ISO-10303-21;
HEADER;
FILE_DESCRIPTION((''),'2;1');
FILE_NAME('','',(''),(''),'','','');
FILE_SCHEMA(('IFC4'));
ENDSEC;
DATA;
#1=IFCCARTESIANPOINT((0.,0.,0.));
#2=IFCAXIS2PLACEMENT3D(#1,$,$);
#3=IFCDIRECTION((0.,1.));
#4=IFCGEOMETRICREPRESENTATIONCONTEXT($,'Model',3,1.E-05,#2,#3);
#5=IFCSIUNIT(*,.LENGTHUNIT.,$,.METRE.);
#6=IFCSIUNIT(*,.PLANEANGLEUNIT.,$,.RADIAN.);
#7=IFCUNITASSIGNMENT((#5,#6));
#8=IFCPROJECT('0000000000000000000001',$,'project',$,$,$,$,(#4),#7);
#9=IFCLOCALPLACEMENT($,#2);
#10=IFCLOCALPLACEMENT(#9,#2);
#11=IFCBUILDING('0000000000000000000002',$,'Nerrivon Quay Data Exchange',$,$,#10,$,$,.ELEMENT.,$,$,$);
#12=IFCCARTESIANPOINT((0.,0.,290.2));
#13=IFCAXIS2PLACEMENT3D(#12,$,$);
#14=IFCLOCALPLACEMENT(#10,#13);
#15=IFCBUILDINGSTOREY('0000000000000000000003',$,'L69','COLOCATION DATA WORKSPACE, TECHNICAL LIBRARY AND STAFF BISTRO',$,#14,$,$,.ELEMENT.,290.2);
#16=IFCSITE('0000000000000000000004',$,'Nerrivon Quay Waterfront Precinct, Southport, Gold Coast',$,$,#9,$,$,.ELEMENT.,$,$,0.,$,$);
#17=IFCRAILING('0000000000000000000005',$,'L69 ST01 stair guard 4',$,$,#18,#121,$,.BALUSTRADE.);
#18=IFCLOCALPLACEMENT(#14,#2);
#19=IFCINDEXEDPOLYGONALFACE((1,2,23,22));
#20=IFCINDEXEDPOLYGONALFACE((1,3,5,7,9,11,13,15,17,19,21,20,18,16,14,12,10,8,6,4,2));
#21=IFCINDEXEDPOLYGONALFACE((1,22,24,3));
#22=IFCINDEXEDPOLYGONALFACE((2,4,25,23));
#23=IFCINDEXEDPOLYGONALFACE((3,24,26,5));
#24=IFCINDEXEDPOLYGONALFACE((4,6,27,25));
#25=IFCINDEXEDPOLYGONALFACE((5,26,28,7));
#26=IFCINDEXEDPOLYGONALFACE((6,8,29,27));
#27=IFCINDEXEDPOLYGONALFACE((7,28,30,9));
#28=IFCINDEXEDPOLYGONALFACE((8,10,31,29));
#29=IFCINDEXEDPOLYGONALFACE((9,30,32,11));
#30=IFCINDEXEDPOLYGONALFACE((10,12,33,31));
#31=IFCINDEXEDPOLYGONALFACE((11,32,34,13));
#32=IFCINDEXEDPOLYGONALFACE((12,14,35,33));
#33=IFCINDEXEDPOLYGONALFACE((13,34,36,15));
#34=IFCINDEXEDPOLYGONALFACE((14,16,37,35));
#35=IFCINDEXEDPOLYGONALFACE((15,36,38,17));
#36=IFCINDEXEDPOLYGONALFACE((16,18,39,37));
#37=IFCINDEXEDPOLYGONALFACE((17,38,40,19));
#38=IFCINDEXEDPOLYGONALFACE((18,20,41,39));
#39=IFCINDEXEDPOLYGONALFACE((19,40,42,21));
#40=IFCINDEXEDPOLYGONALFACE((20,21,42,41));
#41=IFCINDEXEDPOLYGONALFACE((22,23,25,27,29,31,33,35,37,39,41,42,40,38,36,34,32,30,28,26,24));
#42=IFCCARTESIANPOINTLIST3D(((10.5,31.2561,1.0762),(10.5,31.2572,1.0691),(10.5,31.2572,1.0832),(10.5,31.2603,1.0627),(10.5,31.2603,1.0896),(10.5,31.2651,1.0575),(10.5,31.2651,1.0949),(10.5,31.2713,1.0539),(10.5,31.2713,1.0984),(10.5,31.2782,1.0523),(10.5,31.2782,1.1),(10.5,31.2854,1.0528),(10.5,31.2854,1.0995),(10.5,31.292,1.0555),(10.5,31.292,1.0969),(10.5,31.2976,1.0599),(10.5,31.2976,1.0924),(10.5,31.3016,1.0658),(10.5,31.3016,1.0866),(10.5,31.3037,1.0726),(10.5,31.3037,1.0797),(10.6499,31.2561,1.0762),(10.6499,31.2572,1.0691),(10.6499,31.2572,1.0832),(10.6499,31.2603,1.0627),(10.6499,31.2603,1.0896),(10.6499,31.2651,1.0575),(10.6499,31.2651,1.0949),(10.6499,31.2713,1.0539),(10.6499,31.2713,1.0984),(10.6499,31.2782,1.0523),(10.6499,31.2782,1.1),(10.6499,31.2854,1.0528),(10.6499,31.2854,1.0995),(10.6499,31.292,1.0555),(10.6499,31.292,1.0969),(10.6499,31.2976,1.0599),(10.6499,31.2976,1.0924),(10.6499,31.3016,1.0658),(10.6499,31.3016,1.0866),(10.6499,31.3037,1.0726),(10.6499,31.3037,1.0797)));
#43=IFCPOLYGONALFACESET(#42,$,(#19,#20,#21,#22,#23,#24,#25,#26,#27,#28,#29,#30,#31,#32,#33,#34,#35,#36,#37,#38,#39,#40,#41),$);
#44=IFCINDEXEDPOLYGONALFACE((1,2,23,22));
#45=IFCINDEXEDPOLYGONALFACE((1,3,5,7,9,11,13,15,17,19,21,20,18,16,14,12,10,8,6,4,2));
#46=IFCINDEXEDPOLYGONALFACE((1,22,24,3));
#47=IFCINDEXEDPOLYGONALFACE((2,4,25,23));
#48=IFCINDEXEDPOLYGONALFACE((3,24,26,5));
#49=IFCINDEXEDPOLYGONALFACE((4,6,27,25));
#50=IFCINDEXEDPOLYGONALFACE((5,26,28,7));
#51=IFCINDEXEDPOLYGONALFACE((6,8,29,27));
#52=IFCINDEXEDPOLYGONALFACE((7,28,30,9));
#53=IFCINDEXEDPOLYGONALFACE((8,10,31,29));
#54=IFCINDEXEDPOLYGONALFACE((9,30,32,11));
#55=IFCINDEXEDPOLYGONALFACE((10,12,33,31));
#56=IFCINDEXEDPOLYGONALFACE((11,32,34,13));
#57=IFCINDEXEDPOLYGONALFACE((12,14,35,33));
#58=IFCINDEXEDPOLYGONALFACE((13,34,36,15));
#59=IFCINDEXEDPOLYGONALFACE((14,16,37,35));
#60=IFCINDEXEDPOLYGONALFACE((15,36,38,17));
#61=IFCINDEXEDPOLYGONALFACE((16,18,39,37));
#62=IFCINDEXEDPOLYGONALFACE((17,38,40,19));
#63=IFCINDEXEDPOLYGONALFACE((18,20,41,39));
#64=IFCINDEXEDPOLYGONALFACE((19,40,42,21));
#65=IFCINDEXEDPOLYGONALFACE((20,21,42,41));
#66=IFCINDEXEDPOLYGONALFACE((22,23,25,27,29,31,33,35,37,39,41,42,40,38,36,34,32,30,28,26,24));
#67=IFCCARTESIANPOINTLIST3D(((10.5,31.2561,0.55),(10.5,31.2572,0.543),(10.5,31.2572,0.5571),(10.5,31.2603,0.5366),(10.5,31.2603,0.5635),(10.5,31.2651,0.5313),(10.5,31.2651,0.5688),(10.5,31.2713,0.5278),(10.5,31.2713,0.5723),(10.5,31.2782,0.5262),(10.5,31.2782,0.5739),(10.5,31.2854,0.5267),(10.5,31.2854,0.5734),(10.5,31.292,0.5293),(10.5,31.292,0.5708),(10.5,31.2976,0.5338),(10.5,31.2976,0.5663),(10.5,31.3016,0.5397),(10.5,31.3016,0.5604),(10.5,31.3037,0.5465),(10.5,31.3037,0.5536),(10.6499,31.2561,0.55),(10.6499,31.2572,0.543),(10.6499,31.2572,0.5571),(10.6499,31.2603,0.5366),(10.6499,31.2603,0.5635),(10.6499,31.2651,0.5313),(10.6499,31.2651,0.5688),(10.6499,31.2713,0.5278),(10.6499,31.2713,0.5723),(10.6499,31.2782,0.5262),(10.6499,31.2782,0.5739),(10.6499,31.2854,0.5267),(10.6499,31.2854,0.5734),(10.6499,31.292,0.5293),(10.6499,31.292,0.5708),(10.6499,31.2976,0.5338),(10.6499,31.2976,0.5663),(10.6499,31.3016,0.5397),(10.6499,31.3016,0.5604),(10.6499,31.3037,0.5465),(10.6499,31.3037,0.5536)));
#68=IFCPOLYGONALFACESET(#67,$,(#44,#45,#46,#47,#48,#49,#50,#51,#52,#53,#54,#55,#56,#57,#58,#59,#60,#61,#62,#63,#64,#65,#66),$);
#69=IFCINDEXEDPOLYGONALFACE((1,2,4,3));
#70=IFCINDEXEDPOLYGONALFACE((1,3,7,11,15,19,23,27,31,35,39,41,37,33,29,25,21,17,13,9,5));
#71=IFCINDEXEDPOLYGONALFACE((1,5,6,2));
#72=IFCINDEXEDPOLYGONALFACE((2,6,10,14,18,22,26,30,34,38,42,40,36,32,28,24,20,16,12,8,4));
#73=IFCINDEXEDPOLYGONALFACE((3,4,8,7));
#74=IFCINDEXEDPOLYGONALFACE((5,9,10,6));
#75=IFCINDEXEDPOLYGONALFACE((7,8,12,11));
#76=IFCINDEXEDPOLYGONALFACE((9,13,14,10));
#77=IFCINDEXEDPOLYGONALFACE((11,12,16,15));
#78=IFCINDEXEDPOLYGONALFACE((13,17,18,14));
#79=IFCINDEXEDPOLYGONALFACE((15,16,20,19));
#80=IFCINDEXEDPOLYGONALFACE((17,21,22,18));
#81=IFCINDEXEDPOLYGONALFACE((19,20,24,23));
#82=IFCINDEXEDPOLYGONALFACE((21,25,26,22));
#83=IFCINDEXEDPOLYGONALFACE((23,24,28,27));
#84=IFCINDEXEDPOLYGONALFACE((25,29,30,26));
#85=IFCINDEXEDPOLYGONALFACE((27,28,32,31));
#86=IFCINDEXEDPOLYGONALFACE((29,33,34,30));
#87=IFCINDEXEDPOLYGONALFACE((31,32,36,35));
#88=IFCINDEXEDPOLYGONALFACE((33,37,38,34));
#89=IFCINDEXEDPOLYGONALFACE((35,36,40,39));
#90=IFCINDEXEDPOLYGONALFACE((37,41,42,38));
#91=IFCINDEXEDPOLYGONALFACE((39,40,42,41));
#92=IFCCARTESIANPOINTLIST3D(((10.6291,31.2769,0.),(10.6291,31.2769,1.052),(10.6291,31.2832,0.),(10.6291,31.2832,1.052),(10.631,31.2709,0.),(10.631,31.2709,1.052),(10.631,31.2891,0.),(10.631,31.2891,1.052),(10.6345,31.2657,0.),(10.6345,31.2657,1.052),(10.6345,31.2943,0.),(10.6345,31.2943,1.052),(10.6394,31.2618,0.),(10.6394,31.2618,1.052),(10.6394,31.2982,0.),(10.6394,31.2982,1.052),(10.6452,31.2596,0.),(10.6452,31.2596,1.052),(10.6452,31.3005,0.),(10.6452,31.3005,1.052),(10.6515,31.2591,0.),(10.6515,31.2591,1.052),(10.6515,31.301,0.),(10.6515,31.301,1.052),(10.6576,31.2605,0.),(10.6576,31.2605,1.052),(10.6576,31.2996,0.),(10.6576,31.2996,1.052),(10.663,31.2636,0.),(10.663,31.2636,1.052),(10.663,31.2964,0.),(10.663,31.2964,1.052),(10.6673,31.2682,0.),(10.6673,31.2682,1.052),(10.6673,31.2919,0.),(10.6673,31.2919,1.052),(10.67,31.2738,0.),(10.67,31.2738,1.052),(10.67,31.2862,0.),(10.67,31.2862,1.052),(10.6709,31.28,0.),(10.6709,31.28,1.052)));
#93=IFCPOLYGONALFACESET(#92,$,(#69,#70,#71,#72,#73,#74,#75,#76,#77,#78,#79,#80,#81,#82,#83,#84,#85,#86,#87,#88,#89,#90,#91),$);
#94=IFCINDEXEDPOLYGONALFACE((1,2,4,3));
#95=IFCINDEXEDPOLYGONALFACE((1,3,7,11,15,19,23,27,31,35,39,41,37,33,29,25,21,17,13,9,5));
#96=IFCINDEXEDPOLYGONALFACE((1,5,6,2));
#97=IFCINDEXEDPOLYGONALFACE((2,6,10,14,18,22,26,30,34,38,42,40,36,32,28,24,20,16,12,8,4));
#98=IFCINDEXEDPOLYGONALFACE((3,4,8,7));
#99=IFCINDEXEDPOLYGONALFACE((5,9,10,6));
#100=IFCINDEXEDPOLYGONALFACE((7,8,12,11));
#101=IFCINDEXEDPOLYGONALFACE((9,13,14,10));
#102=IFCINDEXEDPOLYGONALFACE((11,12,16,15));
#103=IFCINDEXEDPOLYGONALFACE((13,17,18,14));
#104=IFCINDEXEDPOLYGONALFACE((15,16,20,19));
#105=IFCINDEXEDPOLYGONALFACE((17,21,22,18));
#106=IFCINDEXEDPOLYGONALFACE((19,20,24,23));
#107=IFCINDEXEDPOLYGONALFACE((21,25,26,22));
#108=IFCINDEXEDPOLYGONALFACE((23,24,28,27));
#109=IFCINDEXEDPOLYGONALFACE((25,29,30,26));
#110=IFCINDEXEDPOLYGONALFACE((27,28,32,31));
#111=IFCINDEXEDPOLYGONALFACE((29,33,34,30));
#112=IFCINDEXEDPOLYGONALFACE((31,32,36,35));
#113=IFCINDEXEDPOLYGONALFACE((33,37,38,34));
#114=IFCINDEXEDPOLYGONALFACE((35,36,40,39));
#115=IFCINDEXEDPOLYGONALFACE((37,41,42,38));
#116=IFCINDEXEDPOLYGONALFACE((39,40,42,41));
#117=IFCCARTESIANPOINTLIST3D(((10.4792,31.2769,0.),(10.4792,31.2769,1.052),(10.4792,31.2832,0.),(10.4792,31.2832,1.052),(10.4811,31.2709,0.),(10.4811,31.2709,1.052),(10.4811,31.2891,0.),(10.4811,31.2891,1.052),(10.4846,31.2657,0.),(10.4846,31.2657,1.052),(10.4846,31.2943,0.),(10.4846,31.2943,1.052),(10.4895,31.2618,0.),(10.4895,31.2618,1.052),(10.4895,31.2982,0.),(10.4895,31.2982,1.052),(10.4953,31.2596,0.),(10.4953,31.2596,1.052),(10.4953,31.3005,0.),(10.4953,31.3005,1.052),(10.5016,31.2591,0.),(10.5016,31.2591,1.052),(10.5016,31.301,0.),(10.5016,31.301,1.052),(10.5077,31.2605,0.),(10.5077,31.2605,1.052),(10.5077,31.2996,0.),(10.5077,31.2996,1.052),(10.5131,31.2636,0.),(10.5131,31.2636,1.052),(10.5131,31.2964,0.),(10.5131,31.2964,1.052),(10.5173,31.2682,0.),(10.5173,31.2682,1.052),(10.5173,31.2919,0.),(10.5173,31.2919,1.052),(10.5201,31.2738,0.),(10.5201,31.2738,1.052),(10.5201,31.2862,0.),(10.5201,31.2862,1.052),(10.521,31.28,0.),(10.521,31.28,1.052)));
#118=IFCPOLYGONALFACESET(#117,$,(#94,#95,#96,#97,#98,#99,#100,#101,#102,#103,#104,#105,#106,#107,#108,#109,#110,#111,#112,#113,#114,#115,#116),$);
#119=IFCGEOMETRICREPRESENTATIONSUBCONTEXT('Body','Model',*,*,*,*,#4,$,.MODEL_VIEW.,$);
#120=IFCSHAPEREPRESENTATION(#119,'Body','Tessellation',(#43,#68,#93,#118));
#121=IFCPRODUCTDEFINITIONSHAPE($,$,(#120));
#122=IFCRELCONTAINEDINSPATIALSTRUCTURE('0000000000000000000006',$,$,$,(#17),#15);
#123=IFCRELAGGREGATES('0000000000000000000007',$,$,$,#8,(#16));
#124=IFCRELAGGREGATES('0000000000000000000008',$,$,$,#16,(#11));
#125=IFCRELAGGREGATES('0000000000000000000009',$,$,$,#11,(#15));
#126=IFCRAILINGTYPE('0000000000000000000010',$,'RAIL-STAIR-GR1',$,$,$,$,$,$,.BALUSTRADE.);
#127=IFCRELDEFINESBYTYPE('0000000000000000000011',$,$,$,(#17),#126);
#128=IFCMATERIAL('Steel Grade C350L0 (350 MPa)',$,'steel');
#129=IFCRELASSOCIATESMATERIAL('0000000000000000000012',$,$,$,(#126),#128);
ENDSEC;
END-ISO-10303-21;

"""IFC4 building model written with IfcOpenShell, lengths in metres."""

from ifc_helpers import new_model, si_unit, direction, frame, origin, origin_2d, place, context, subcontext, project, spatial, circle, extrude, material, type_object, element, save


model = new_model("IFC4")

# Units and contexts
model_context = context("Model", 3, precision=1e-05, world=origin(), true_north=direction((0.0, 1.0)))
body_context = subcontext(model_context, "Body", "Model", "MODEL_VIEW")
ifc_project = project(units=[si_unit("LENGTHUNIT", "METRE"), si_unit("PLANEANGLEUNIT", "RADIAN")], contexts=[model_context])

# Site, building, storey
site_placement = place(None, origin())
site = spatial("IfcSite", under=ifc_project, at=site_placement, Name="Nerrivon Quay Waterfront Precinct, Southport, Gold Coast", CompositionType="ELEMENT", RefElevation=0.0)
building_placement = place(site_placement, origin())
building = spatial("IfcBuilding", under=site, at=building_placement, Name="Nerrivon Quay Data Exchange", CompositionType="ELEMENT")
storey_placement = place(building_placement, frame((0.0, 0.0, 290.2)))
storey = spatial("IfcBuildingStorey", under=building, at=storey_placement, Name="L69", Description="COLOCATION DATA WORKSPACE, TECHNICAL LIBRARY AND STAFF BISTRO", CompositionType="ELEMENT", Elevation=290.2)

# Railing
ifc_material_1 = material(Name="Steel Grade C350L0 (350 MPa)", Category="steel")
railing_type_1 = type_object("IfcRailingType", Name="RAIL-STAIR-GR1", PredefinedType="BALUSTRADE", material=ifc_material_1)
railing_1_placement = place(storey_placement, frame((10.6499, 31.28, 0.0)))
element("IfcRailing", 1, at=railing_1_placement, inside=storey, type_object=railing_type_1, Name="L69 ST01 stair guard 4", PredefinedType="BALUSTRADE", context=body_context, shape_type="SweptSolid", body=[
    extrude(circle(Radius=0.0239, at=origin_2d()), frame((0.0, 0.0, 1.0762), z_axis=(-1.0, 0.0, 0.0), x_axis=(0.0, -1.0, 0.0)), (0.0, 0.0, 1.0), 0.1499),
    extrude(circle(Radius=0.0239, at=origin_2d()), frame((0.0, 0.0, 0.55), z_axis=(-1.0, 0.0, 0.0), x_axis=(0.0, -1.0, 0.0)), (0.0, 0.0, 1.0), 0.1499),
    extrude(circle(Radius=0.021, at=origin_2d()), origin(), (0.0, 0.0, 1.0), 1.052),
    extrude(circle(Radius=0.021, at=origin_2d()), frame((-0.1499, 0.0, 0.0)), (0.0, 0.0, 1.0), 1.052),
])

save(model, "model.ifc")
